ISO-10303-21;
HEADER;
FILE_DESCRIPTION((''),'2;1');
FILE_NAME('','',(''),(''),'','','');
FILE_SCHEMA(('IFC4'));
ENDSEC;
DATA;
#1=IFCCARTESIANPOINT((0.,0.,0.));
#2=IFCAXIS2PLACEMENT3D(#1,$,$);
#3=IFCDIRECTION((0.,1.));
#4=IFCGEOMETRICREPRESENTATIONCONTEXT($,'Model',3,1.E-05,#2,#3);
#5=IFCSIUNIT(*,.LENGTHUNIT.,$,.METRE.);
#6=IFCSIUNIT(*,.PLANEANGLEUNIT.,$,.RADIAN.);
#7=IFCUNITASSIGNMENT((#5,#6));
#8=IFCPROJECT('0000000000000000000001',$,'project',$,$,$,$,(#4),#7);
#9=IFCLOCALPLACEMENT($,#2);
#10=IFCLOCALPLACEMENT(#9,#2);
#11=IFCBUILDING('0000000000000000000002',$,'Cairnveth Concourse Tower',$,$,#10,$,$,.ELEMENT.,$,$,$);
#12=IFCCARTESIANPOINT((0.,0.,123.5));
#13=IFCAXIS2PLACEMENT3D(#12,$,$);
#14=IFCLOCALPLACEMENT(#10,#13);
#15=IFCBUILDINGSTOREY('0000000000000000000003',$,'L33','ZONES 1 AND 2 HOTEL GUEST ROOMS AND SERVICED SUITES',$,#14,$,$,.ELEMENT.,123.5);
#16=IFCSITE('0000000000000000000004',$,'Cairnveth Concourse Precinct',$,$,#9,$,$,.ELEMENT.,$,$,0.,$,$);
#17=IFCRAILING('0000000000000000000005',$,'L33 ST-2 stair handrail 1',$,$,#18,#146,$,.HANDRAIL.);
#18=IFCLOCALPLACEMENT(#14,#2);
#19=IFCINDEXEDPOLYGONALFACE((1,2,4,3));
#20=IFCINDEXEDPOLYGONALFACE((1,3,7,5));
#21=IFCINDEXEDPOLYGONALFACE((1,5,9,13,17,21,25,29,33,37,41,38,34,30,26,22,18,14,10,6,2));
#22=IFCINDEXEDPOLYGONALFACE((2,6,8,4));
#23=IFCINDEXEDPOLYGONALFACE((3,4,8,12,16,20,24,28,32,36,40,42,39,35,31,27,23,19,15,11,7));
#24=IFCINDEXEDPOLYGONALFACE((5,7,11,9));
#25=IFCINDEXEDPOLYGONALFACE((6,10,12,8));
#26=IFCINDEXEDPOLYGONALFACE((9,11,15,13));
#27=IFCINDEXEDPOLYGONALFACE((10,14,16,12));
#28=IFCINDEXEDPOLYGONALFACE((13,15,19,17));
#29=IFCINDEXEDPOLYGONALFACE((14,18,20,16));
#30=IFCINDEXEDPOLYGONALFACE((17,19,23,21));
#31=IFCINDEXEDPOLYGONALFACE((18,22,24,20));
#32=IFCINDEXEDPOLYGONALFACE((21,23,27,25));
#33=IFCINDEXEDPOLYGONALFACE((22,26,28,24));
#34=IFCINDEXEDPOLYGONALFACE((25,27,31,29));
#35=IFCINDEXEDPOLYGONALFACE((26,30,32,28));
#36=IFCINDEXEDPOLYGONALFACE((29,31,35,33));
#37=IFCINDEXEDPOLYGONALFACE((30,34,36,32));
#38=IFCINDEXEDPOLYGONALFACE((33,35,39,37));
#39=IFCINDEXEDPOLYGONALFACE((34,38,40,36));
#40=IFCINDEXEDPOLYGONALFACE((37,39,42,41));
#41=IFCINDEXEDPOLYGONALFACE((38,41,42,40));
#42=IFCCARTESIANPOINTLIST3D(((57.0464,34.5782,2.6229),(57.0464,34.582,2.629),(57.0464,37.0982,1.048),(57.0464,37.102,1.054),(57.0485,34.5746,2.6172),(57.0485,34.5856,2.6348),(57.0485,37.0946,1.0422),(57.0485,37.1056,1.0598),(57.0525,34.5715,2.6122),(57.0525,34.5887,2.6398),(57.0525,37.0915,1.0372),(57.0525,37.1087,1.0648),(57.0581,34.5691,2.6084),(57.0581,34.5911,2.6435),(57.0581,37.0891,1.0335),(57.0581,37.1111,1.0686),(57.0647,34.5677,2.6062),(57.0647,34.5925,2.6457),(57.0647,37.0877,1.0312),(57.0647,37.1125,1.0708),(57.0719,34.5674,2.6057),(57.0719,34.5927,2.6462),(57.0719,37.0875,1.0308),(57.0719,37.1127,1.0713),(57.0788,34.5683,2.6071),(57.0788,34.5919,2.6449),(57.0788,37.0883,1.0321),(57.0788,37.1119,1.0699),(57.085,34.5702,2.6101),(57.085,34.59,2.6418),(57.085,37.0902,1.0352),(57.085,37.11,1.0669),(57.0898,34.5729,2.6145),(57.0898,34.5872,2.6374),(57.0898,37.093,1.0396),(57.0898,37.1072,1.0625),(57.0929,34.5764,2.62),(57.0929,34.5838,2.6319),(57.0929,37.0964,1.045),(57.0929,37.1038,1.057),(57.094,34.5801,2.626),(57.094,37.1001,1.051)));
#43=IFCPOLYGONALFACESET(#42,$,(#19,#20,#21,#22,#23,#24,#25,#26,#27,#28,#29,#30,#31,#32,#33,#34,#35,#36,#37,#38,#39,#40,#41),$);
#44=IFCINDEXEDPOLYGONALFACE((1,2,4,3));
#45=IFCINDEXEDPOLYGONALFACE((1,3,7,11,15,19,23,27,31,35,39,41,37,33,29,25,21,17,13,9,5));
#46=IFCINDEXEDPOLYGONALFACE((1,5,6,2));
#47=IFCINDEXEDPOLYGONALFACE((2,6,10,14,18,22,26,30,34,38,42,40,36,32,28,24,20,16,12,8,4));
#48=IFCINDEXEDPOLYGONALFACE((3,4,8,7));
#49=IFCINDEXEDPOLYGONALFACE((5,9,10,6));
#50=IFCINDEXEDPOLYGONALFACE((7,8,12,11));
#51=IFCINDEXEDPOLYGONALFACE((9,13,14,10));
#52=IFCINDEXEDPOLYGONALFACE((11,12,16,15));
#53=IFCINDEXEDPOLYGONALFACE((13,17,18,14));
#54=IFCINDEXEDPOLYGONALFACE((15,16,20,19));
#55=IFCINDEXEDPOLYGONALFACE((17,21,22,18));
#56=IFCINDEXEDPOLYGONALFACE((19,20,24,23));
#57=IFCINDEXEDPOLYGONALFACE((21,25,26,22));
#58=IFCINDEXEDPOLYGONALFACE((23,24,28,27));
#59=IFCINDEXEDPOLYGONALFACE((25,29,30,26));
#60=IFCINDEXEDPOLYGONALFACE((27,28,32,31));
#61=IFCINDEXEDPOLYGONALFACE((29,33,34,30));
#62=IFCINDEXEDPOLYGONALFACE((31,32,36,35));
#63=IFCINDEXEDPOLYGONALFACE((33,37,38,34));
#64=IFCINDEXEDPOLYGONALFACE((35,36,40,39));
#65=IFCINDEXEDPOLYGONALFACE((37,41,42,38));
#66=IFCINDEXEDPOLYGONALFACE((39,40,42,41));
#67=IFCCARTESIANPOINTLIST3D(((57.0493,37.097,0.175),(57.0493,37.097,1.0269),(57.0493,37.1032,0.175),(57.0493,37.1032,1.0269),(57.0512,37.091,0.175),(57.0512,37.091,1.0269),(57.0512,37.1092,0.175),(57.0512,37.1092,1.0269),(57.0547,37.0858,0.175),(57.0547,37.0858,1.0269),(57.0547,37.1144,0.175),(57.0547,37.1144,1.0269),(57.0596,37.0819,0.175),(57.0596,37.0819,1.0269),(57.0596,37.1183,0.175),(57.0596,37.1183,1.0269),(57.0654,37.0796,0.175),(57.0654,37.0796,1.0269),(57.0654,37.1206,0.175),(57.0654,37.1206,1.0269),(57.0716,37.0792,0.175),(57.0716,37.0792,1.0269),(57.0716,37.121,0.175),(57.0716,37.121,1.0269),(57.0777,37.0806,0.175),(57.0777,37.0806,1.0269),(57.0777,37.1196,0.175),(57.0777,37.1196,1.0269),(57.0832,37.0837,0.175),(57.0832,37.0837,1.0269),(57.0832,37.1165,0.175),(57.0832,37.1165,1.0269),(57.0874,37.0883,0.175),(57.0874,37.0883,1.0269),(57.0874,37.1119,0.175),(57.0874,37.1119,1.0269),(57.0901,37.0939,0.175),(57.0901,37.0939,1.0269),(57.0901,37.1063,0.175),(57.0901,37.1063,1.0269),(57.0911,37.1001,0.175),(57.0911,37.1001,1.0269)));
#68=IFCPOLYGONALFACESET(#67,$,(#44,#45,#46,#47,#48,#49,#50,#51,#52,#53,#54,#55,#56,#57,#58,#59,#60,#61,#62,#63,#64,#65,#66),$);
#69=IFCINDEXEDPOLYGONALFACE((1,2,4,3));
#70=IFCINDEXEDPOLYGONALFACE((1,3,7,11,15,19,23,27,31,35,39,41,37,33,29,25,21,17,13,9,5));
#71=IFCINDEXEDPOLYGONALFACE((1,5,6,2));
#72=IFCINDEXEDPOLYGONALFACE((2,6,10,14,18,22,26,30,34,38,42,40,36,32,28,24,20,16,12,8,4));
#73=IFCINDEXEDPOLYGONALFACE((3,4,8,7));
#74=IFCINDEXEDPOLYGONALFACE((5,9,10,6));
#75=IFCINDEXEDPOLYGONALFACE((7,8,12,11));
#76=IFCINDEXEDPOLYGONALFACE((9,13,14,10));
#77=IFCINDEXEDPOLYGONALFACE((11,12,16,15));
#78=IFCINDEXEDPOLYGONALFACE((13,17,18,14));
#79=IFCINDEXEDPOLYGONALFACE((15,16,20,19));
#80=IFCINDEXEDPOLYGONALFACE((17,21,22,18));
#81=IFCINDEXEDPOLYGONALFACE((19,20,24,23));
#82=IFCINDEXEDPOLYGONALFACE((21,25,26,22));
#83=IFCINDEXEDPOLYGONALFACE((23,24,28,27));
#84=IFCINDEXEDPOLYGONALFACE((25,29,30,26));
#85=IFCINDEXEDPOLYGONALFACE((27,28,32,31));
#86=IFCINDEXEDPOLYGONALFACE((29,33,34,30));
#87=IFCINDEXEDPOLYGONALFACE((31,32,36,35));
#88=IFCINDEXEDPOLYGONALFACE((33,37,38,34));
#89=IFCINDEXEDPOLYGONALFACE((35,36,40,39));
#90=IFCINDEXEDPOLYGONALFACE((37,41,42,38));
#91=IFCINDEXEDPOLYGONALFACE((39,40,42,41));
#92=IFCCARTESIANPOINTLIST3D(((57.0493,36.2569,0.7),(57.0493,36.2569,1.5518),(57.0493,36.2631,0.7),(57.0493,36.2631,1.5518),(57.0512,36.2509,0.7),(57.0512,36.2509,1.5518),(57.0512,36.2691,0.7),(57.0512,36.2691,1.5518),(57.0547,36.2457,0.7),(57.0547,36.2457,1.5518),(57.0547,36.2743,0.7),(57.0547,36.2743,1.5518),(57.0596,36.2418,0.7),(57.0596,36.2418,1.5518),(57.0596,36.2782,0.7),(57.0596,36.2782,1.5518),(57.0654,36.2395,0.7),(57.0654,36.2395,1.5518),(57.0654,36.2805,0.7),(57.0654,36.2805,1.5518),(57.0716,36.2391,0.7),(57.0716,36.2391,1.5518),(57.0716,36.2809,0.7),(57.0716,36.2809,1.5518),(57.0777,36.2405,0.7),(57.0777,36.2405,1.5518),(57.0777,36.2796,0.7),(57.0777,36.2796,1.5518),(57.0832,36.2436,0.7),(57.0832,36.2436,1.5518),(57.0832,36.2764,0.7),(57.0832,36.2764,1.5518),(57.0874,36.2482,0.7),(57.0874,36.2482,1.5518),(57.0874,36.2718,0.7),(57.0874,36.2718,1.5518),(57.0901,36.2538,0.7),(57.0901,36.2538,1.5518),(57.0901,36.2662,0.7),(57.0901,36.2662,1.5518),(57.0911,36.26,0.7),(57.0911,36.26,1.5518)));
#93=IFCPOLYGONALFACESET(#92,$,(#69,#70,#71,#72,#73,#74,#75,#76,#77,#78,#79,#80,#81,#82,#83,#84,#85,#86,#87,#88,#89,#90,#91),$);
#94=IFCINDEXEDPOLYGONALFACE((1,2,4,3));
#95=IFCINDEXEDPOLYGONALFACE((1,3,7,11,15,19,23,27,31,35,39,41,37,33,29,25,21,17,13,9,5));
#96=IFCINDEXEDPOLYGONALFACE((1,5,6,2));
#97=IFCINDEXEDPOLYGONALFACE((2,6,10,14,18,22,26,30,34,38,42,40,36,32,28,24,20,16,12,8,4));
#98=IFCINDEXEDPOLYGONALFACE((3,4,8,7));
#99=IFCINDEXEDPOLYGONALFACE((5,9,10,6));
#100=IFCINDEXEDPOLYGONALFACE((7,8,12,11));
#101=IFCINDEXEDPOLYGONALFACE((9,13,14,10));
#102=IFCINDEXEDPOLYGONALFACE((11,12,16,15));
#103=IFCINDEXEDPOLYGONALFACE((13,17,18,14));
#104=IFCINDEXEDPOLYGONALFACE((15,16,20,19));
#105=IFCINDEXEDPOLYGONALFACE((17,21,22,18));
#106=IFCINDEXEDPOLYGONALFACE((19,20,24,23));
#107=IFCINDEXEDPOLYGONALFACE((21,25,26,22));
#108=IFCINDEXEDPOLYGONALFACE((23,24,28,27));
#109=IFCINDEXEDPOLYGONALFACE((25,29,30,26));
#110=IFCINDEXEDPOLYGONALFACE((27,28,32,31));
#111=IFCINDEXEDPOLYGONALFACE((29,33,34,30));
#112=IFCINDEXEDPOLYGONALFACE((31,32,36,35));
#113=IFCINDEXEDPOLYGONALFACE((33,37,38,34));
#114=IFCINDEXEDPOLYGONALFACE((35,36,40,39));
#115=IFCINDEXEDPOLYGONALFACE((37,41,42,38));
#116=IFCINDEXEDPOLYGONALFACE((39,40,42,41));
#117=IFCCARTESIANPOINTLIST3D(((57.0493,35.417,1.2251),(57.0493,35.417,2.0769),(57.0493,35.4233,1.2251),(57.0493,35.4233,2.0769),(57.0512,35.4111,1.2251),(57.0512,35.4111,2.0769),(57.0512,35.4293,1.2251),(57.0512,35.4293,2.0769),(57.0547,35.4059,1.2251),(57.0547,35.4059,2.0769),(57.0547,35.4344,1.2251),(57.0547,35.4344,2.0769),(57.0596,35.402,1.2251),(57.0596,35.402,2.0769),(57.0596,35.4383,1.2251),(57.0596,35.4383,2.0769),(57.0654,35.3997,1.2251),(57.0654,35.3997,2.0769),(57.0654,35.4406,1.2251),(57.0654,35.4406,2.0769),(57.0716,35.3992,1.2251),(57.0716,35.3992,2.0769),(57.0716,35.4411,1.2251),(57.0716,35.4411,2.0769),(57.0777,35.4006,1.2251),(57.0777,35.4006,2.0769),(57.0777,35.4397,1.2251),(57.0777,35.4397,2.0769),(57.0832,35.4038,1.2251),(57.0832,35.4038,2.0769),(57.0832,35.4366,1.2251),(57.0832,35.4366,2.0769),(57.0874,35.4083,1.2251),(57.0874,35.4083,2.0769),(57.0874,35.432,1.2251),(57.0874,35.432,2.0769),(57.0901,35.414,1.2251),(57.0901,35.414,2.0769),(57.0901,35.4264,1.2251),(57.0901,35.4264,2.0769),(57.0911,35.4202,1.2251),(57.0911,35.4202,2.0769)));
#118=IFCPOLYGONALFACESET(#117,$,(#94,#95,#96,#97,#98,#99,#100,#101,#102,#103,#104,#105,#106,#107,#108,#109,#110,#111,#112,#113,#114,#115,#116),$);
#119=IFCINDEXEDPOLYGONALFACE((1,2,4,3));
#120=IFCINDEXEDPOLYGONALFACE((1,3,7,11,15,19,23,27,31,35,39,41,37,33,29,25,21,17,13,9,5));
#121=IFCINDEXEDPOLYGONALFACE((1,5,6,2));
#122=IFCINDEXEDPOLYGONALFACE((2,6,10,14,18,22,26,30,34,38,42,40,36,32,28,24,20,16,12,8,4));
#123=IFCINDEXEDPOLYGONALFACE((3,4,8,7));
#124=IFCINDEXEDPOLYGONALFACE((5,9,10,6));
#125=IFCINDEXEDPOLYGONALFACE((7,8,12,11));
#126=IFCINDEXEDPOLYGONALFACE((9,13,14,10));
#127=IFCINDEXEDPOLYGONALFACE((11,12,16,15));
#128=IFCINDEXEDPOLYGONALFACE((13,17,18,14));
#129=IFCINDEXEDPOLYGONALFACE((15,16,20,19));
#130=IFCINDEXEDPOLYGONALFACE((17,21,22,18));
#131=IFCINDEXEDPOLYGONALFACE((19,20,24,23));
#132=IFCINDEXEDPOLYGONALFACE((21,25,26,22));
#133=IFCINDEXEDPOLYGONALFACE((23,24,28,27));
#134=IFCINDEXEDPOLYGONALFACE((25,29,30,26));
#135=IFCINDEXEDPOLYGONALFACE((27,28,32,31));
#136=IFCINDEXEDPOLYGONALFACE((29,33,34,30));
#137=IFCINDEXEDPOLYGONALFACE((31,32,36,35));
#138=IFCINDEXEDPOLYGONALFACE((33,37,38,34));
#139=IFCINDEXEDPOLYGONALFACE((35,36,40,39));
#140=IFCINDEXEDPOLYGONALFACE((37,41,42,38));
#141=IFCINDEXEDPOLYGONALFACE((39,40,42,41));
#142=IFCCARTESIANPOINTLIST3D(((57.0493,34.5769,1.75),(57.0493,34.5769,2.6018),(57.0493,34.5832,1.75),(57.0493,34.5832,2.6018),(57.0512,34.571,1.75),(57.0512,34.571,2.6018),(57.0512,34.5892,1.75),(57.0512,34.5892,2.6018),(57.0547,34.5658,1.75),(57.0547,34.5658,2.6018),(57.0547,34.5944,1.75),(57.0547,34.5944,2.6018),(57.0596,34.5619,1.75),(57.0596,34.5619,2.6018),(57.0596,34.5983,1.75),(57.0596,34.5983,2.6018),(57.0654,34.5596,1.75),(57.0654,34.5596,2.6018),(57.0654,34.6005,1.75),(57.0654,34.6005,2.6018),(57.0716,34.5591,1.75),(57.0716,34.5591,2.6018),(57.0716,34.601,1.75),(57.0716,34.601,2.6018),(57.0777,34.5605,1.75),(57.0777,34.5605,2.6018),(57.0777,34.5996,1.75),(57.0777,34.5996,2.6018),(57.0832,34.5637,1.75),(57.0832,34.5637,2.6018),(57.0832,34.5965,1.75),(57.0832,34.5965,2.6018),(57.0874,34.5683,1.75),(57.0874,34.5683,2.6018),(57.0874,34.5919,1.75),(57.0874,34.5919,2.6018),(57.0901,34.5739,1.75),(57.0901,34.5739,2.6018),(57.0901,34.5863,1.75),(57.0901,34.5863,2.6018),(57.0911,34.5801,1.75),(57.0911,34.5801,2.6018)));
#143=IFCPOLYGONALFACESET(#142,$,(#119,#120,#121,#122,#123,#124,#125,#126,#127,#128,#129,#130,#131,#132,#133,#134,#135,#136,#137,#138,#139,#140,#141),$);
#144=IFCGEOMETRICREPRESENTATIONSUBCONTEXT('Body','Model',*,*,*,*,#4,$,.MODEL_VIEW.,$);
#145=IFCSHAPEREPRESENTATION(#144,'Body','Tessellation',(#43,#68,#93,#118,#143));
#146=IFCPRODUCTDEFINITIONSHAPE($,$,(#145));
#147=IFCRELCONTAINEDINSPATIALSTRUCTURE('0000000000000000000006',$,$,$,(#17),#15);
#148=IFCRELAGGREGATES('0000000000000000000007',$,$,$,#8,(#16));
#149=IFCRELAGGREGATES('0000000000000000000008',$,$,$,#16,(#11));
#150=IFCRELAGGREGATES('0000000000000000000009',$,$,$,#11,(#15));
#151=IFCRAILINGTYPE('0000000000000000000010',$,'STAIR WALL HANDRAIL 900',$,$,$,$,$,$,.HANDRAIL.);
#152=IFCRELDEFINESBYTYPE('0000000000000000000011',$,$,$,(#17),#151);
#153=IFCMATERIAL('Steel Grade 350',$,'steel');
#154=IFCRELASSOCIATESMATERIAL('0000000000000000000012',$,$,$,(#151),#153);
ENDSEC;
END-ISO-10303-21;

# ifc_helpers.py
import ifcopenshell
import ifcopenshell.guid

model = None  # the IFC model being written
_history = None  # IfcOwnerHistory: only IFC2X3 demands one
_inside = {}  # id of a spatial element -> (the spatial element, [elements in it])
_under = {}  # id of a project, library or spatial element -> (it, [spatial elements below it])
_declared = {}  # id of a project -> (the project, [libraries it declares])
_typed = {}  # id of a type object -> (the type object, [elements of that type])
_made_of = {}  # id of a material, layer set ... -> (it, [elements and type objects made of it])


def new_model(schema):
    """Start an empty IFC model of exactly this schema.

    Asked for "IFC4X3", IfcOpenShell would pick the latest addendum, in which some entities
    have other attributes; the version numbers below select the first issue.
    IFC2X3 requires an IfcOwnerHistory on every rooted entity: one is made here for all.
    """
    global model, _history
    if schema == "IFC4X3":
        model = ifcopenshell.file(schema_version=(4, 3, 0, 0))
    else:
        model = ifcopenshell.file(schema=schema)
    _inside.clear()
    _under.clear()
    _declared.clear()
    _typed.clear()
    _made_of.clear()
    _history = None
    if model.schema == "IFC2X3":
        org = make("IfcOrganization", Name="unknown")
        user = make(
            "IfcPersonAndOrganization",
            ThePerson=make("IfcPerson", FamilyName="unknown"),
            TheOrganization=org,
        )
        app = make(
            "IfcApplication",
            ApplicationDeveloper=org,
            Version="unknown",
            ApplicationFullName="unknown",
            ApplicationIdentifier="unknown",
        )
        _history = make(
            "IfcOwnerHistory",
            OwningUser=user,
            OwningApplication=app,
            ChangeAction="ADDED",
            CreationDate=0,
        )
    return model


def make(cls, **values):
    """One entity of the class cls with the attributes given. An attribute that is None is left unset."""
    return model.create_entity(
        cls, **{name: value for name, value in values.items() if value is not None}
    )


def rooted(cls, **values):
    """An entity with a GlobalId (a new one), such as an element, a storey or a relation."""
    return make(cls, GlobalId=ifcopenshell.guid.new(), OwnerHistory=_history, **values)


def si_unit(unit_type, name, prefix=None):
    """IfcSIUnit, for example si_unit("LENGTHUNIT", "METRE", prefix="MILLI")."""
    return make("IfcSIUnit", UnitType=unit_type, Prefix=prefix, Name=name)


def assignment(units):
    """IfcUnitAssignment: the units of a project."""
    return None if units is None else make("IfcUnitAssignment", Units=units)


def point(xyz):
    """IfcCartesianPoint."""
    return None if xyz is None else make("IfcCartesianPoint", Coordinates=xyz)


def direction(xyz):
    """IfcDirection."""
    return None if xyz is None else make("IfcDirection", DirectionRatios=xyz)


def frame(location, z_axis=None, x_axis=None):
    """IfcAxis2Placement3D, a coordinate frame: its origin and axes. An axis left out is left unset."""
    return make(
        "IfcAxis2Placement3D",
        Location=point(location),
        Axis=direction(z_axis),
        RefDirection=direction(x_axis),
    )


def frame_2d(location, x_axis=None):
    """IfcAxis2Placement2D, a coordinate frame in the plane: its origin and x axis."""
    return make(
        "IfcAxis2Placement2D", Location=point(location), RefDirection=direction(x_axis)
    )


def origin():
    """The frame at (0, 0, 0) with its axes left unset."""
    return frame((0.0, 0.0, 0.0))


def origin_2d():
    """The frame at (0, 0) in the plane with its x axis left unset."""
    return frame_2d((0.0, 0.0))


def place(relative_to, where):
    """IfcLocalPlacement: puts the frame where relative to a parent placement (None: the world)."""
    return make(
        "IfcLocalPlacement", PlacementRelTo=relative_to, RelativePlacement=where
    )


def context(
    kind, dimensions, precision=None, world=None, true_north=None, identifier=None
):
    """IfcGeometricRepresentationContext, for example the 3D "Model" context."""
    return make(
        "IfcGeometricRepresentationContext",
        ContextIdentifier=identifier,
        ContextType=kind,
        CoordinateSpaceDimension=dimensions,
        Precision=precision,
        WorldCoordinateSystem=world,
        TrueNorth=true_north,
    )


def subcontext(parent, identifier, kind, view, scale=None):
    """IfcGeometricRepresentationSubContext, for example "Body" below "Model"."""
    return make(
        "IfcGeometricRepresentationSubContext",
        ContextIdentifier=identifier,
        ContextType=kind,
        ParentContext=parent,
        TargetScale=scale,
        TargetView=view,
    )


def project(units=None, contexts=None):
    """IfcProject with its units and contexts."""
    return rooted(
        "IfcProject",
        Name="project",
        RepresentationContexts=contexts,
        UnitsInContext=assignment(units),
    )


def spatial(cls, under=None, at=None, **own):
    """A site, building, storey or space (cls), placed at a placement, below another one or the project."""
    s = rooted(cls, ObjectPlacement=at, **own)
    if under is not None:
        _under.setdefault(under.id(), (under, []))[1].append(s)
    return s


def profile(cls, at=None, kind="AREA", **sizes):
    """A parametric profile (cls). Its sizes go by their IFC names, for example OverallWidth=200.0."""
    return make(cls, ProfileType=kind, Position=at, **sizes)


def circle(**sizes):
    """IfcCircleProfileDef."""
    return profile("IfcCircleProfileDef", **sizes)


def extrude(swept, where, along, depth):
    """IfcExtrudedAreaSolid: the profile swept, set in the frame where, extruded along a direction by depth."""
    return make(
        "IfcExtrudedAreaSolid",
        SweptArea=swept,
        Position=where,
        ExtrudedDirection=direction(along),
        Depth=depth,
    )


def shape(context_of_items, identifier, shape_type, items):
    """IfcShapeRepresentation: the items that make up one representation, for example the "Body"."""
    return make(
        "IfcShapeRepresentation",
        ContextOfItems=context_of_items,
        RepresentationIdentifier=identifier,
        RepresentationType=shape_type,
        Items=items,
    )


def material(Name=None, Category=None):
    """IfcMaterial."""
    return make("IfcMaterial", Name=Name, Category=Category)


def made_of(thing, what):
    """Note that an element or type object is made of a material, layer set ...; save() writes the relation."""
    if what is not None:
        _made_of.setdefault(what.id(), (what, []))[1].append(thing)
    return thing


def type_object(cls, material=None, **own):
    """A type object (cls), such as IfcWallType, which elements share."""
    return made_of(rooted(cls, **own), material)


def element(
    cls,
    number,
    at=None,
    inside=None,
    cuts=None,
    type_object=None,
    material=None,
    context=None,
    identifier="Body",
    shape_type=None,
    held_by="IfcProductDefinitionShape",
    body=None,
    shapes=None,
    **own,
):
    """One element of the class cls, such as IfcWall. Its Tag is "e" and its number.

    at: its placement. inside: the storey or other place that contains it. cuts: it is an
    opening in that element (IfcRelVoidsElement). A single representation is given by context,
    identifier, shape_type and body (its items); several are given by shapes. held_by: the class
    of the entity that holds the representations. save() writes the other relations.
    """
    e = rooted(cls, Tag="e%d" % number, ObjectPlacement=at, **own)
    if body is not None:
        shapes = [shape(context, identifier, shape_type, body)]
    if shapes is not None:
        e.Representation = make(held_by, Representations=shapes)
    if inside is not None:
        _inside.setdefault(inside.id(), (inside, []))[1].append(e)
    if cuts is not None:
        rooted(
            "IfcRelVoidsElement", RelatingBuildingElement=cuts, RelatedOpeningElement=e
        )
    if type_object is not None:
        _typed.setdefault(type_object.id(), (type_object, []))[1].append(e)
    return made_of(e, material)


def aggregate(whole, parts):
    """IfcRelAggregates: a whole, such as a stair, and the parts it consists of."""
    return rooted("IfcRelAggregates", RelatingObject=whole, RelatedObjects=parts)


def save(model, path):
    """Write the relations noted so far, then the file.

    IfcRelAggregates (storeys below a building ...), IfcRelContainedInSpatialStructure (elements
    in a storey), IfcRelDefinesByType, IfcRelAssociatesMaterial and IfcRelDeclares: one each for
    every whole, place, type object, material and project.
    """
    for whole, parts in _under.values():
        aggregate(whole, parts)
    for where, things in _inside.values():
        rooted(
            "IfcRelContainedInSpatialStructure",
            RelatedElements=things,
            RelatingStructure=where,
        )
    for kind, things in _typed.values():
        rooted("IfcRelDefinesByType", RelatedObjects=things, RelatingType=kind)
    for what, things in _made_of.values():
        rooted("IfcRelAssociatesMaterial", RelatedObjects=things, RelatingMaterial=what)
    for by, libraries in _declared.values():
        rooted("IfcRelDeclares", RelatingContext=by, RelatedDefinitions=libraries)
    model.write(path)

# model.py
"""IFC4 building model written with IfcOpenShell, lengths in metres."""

from ifc_helpers import new_model, si_unit, direction, frame, origin, origin_2d, place, context, subcontext, project, spatial, circle, extrude, material, type_object, element, save


model = new_model("IFC4")

# Units and contexts
model_context = context("Model", 3, precision=1e-05, world=origin(), true_north=direction((0.0, 1.0)))
body_context = subcontext(model_context, "Body", "Model", "MODEL_VIEW")
ifc_project = project(units=[si_unit("LENGTHUNIT", "METRE"), si_unit("PLANEANGLEUNIT", "RADIAN")], contexts=[model_context])

# Site, building, storey
site_placement = place(None, origin())
site = spatial("IfcSite", under=ifc_project, at=site_placement, Name="Cairnveth Concourse Precinct", CompositionType="ELEMENT", RefElevation=0.0)
building_placement = place(site_placement, origin())
building = spatial("IfcBuilding", under=site, at=building_placement, Name="Cairnveth Concourse Tower", CompositionType="ELEMENT")
storey_placement = place(building_placement, frame((0.0, 0.0, 123.5)))
storey = spatial("IfcBuildingStorey", under=building, at=storey_placement, Name="L33", Description="ZONES 1 AND 2 HOTEL GUEST ROOMS AND SERVICED SUITES", CompositionType="ELEMENT", Elevation=123.5)

# Shared definitions
ifc_material_1 = material(Name="Steel Grade 350", Category="steel")

# Railing
railing_type_1 = type_object("IfcRailingType", Name="STAIR WALL HANDRAIL 900", PredefinedType="HANDRAIL", material=ifc_material_1)
railing_1_placement = place(storey_placement, frame((57.0701, 37.1001, 0.175)))
element("IfcRailing", 1, at=railing_1_placement, inside=storey, type_object=railing_type_1, Name="L33 ST-2 stair handrail 1", PredefinedType="HANDRAIL", context=body_context, shape_type="SweptSolid", body=[
    extrude(circle(Radius=0.0239, at=origin_2d()), frame((0.0, 0.0, 0.876), z_axis=(0.0, -0.848008, 0.529984), x_axis=(1.0, 0.0, 0.0)), (0.0, 0.0, 1.0), 2.9717),
    extrude(circle(Radius=0.021, at=origin_2d()), origin(), (0.0, 0.0, 1.0), 0.8518),
    extrude(circle(Radius=0.021, at=origin_2d()), frame((0.0, -0.8401, 0.5249)), (0.0, 0.0, 1.0), 0.8518),
    extrude(circle(Radius=0.021, at=origin_2d()), frame((0.0, -1.6799, 1.05)), (0.0, 0.0, 1.0), 0.8518),
    extrude(circle(Radius=0.021, at=origin_2d()), frame((0.0, -2.52, 1.575)), (0.0, 0.0, 1.0), 0.8518),
])

save(model, "model.ifc")
